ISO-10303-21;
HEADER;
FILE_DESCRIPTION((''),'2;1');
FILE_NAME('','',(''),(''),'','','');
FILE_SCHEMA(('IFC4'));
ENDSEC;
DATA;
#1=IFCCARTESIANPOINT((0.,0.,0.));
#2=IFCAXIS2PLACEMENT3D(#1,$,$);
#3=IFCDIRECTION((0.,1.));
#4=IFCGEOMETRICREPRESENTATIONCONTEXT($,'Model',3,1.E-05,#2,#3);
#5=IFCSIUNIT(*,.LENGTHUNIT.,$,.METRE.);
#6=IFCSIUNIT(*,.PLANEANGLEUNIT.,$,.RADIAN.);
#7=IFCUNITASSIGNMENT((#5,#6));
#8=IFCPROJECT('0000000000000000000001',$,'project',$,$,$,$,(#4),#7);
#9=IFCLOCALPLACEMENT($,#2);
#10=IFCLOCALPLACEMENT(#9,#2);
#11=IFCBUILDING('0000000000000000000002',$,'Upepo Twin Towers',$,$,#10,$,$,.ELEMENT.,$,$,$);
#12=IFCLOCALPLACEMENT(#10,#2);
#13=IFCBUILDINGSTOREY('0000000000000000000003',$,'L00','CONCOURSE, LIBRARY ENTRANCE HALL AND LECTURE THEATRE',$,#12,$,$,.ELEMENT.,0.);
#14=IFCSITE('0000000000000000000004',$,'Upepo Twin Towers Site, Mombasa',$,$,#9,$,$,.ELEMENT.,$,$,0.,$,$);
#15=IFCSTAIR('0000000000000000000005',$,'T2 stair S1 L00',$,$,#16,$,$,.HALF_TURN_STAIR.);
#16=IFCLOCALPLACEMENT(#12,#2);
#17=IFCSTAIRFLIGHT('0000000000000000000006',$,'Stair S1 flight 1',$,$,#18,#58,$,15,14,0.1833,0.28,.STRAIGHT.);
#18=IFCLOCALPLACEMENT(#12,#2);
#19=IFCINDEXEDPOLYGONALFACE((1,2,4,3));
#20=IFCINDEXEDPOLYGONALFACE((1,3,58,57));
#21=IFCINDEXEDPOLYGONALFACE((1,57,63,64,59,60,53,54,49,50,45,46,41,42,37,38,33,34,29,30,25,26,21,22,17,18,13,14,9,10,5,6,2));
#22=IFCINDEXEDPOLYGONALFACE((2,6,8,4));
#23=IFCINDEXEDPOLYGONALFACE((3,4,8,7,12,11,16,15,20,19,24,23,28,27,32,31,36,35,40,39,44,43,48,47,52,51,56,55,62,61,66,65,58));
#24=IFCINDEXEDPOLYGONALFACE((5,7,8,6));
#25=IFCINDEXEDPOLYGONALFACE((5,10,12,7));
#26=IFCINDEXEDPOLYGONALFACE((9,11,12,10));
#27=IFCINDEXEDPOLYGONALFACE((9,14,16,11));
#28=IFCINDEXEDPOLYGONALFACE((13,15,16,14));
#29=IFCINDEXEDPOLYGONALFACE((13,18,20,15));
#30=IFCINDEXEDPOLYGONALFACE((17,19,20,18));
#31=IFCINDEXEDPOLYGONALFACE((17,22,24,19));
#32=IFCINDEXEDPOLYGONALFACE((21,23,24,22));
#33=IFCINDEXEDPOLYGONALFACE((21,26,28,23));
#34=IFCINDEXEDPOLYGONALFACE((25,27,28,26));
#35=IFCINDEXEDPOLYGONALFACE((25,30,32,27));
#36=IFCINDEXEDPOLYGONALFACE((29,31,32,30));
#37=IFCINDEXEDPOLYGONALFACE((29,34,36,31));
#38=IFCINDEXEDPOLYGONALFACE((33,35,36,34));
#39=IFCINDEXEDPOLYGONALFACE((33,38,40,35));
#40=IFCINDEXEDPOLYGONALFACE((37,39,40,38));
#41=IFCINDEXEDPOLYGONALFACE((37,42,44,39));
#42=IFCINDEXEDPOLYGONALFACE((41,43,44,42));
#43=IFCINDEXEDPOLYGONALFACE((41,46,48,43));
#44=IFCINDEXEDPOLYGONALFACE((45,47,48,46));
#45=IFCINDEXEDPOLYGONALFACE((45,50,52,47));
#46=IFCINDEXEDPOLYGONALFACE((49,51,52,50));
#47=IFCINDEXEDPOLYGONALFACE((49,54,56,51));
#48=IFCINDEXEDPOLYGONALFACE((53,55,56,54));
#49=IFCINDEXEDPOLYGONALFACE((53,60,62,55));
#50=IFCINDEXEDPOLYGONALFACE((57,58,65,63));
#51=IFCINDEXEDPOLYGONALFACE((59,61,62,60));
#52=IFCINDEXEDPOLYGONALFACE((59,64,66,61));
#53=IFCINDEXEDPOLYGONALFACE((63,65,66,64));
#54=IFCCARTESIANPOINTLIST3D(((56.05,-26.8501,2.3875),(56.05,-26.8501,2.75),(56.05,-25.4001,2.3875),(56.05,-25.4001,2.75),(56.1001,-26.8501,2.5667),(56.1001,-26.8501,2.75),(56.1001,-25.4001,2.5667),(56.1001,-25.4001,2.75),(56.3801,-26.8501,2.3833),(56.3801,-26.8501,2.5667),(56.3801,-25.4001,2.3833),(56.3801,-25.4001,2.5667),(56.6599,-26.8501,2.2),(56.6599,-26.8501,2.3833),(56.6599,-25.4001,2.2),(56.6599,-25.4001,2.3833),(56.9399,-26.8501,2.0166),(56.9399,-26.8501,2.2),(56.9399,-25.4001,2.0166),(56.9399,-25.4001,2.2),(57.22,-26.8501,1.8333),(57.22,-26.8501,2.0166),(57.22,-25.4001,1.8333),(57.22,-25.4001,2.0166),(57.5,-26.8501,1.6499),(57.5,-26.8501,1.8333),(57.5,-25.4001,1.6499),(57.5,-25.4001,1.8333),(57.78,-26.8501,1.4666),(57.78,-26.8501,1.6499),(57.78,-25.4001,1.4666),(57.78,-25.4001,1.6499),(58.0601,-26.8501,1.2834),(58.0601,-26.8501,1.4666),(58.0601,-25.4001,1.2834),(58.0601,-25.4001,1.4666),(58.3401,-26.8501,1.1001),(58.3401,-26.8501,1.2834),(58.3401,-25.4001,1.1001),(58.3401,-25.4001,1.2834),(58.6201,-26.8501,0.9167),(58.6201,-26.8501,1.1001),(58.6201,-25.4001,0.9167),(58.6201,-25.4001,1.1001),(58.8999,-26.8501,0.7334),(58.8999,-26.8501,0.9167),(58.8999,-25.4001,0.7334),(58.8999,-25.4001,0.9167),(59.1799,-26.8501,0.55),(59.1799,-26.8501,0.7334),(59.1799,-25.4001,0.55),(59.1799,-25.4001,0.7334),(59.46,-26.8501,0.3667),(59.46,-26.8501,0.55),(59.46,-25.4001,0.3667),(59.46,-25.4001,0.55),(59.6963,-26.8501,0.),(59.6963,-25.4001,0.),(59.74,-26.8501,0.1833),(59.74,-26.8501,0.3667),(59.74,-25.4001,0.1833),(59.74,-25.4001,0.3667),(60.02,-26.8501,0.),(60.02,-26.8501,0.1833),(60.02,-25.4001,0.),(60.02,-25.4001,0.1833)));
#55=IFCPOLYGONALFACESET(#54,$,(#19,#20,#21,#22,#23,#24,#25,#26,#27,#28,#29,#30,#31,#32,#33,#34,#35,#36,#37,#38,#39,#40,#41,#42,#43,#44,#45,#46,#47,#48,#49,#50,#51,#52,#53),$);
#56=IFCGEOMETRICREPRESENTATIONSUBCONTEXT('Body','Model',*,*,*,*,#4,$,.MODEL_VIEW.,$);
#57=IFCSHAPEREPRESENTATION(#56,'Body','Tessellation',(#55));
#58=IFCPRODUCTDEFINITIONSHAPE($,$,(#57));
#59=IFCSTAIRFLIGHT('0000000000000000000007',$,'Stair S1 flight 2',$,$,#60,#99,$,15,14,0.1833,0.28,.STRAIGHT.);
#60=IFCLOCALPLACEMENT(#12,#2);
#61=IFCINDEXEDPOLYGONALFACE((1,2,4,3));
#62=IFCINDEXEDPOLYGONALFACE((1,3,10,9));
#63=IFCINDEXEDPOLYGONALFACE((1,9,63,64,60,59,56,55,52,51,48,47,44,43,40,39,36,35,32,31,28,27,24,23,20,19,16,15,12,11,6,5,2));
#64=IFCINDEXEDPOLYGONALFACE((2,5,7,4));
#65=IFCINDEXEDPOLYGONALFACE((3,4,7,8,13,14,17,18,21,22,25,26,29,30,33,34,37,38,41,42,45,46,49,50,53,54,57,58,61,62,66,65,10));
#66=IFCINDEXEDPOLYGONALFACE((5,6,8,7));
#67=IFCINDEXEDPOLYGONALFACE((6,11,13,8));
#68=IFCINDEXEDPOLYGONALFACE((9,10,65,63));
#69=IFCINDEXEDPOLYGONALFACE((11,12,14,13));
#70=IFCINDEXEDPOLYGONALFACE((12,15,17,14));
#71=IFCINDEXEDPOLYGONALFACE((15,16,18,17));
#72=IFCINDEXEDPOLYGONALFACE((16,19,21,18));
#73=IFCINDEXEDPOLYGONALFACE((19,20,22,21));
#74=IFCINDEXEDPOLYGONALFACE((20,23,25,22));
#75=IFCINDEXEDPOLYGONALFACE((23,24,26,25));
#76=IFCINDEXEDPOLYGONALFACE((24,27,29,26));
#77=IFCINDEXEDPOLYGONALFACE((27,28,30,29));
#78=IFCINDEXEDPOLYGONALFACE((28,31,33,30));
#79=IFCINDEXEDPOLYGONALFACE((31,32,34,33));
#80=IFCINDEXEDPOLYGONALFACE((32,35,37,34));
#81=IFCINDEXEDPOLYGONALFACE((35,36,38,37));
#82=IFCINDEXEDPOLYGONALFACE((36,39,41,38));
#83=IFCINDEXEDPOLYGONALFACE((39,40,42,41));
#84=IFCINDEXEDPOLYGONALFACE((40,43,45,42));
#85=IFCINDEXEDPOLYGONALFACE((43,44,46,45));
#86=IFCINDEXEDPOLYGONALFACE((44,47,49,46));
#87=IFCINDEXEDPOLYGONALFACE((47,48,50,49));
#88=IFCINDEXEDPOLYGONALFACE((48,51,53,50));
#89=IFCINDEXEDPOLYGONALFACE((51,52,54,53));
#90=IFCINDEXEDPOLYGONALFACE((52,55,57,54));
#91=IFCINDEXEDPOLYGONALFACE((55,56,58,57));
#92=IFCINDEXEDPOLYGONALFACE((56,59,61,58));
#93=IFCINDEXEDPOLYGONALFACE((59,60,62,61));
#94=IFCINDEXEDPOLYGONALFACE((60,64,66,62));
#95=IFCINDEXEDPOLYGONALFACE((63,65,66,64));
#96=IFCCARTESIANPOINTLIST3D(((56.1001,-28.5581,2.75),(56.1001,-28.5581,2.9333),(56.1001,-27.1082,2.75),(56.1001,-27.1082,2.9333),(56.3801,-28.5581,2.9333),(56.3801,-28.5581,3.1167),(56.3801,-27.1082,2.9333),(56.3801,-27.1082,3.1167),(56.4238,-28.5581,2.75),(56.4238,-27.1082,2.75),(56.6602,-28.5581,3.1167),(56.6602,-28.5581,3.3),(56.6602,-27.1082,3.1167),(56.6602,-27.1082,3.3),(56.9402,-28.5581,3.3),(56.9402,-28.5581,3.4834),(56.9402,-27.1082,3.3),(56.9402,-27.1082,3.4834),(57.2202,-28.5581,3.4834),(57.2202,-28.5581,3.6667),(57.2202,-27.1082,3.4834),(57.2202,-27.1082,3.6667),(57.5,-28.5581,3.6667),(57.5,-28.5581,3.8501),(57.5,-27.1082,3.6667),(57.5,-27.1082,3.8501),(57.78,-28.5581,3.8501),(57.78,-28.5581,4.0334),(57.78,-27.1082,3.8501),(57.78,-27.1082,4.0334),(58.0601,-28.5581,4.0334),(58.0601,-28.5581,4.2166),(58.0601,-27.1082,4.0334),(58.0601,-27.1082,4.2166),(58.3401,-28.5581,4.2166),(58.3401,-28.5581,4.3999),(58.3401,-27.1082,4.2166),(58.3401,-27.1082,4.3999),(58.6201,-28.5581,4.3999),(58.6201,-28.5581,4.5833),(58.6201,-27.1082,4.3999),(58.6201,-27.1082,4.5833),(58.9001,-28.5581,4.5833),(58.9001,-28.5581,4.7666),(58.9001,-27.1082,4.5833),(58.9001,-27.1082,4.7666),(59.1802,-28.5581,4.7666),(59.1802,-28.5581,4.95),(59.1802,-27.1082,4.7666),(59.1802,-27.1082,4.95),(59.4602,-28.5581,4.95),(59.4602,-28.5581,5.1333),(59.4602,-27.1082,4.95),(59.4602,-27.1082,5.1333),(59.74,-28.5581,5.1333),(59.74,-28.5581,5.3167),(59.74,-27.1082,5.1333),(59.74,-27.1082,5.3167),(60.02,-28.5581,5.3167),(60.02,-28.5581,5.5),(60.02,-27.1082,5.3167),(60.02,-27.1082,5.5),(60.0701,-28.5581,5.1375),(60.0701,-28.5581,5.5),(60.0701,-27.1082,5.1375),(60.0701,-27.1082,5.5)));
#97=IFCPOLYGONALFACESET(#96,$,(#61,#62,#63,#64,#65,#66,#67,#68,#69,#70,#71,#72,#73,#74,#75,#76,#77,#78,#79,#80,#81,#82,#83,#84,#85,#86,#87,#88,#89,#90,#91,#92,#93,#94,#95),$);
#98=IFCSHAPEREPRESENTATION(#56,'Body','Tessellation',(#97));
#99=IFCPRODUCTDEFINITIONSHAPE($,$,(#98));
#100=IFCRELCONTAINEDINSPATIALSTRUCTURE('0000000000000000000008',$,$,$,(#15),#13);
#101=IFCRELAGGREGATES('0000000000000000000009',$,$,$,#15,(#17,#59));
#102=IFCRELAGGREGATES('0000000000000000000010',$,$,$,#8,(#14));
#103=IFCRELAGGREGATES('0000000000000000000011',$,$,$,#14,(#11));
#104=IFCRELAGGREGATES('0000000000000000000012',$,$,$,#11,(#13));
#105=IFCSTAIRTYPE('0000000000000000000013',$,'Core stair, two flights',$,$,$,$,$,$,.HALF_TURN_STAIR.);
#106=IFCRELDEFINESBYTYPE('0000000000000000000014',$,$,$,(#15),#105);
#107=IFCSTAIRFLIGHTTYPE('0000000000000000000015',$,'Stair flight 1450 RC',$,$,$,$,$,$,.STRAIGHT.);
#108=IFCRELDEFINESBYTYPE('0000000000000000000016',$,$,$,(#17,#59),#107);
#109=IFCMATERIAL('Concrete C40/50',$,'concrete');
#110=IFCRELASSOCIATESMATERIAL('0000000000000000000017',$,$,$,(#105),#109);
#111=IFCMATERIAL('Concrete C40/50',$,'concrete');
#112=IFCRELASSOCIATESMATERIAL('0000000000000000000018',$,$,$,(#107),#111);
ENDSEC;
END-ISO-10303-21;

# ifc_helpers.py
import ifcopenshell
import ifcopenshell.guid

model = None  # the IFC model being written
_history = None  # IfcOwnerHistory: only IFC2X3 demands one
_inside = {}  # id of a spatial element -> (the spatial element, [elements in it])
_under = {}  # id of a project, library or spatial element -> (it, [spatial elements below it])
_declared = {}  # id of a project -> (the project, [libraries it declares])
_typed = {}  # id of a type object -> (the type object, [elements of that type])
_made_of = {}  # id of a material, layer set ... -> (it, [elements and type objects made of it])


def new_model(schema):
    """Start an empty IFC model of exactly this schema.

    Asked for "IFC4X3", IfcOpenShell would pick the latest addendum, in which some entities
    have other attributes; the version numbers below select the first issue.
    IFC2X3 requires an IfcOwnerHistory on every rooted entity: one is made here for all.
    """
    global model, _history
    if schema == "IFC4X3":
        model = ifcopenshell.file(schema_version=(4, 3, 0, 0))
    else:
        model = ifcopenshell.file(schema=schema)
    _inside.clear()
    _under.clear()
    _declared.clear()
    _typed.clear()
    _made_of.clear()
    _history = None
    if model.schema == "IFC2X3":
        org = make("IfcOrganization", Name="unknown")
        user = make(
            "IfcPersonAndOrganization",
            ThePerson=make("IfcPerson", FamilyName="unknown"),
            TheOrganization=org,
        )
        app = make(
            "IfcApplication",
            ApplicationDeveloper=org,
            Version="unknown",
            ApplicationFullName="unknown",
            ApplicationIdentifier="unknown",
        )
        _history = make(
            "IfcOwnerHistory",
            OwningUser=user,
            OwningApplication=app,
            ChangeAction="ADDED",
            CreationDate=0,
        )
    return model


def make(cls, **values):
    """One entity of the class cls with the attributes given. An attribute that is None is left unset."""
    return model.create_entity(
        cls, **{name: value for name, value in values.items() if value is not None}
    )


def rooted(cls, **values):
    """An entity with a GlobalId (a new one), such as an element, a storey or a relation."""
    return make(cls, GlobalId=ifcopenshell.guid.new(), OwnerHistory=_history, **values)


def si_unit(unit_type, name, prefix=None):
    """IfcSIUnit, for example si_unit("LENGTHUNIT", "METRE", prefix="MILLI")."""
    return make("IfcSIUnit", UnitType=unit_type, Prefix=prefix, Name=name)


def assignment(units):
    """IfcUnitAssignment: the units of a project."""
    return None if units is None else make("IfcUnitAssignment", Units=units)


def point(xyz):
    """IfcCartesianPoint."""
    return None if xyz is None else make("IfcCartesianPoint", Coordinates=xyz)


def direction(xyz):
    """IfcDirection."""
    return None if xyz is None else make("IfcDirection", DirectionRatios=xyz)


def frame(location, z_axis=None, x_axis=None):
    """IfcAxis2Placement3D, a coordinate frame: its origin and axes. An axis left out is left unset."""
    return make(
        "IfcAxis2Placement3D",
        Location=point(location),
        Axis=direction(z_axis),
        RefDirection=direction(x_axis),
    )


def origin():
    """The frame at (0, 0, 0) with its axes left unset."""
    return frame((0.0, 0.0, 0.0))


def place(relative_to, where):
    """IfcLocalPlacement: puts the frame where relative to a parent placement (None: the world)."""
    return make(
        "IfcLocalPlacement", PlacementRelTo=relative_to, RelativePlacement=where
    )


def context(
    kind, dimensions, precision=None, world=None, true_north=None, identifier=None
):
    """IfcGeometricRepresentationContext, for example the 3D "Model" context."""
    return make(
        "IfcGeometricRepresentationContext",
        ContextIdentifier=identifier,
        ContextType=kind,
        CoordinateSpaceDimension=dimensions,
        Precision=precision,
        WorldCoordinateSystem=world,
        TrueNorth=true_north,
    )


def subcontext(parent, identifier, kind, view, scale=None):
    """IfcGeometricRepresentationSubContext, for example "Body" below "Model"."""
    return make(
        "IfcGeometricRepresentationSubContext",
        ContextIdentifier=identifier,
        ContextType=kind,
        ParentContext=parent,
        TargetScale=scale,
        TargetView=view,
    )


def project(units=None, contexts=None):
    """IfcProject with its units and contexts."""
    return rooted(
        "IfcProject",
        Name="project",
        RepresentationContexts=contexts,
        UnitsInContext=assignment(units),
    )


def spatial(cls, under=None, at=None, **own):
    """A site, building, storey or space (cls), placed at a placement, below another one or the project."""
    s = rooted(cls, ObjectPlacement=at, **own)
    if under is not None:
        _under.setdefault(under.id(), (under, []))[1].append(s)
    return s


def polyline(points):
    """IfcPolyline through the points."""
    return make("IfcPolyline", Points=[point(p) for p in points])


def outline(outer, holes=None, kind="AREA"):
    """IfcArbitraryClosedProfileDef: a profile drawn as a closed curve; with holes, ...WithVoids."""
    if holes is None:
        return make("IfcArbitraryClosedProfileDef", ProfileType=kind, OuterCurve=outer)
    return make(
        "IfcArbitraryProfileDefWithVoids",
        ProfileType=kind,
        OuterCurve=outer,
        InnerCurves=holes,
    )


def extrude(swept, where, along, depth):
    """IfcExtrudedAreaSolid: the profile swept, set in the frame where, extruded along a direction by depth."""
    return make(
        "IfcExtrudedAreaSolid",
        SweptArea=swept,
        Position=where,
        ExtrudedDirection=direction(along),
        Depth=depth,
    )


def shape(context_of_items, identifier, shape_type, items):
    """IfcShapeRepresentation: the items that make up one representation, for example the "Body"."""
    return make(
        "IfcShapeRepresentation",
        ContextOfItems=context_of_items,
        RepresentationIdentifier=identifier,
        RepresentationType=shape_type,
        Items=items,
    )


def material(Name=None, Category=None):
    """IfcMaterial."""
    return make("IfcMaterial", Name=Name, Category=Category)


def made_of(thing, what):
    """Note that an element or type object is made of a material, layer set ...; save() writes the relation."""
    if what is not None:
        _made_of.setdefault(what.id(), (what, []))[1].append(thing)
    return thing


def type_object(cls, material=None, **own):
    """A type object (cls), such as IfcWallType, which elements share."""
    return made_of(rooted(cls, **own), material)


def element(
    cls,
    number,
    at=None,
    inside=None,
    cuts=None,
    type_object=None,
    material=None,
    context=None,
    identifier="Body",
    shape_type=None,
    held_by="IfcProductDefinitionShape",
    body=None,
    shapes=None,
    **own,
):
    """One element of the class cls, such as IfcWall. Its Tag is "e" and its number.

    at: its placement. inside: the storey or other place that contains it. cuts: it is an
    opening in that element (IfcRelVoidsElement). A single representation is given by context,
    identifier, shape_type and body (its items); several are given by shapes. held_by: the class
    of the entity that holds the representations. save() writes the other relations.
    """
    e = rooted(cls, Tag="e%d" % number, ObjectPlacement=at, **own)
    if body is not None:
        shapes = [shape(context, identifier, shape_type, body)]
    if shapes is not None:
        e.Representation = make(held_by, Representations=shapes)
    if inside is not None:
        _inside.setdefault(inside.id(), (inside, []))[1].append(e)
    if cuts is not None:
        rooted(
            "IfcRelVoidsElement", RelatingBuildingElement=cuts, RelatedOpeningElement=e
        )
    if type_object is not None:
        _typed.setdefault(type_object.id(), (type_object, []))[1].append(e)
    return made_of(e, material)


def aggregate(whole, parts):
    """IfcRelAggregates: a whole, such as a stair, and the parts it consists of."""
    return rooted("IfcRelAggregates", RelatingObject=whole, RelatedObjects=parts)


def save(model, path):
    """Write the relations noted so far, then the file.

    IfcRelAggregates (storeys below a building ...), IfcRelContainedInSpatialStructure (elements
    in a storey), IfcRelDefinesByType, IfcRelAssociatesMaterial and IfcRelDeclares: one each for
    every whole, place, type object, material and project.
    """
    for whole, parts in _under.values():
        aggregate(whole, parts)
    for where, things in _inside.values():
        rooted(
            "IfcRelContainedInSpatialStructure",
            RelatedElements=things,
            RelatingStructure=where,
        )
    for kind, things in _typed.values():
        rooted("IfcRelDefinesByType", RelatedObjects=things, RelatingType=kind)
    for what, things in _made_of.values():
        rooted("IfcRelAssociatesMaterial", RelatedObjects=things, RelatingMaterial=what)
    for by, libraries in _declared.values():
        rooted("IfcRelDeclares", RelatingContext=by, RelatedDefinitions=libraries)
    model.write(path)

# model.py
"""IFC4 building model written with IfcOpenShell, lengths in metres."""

from ifc_helpers import new_model, si_unit, direction, frame, origin, place, context, subcontext, project, spatial, polyline, outline, extrude, material, type_object, element, aggregate, save


model = new_model("IFC4")

# Units and contexts
model_context = context("Model", 3, precision=1e-05, world=origin(), true_north=direction((0.0, 1.0)))
body_context = subcontext(model_context, "Body", "Model", "MODEL_VIEW")
ifc_project = project(units=[si_unit("LENGTHUNIT", "METRE"), si_unit("PLANEANGLEUNIT", "RADIAN")], contexts=[model_context])

# Site, building, storey
site_placement = place(None, origin())
site = spatial("IfcSite", under=ifc_project, at=site_placement, Name="Upepo Twin Towers Site, Mombasa", CompositionType="ELEMENT", RefElevation=0.0)
building_placement = place(site_placement, origin())
building = spatial("IfcBuilding", under=site, at=building_placement, Name="Upepo Twin Towers", CompositionType="ELEMENT")
storey_placement = place(building_placement, origin())
storey = spatial("IfcBuildingStorey", under=building, at=storey_placement, Name="L00", Description="CONCOURSE, LIBRARY ENTRANCE HALL AND LECTURE THEATRE", CompositionType="ELEMENT", Elevation=0.0)

# Stair, stair flights
ifc_material_1 = material(Name="Concrete C40/50", Category="concrete")
stair_type = type_object("IfcStairType", Name="Core stair, two flights", PredefinedType="HALF_TURN_STAIR", material=ifc_material_1)
stair_placement = place(storey_placement, origin())
stair = element("IfcStair", 1, at=stair_placement, inside=storey, type_object=stair_type, Name="T2 stair S1 L00", PredefinedType="HALF_TURN_STAIR")
ifc_material_2 = material(Name="Concrete C40/50", Category="concrete")
stair_flight_type = type_object("IfcStairFlightType", Name="Stair flight 1450 RC", PredefinedType="STRAIGHT", material=ifc_material_2)
stair_flight_1_placement = place(storey_placement, frame((60.02, -26.125, 0.0), z_axis=(0.0, 0.0, 1.0), x_axis=(-1.0, 0.0, 0.0)))
stair_flight_1 = element("IfcStairFlight", 2, at=stair_flight_1_placement, type_object=stair_flight_type, Name="Stair S1 flight 1", NumberOfRisers=15, NumberOfTreads=14, PredefinedType="STRAIGHT", RiserHeight=0.1833, TreadLength=0.28, context=body_context, shape_type="SweptSolid", body=[
    extrude(outline(polyline([(0.0, 0.0), (0.0, 0.1833), (0.28, 0.1833), (0.28, 0.3667), (0.5601, 0.3667), (0.5601, 0.55), (0.8401, 0.55), (0.8401, 0.7334), (1.1201, 0.7334), (1.1201, 0.9167), (1.3999, 0.9167), (1.3999, 1.1001), (1.6799, 1.1001), (1.6799, 1.2834), (1.96, 1.2834), (1.96, 1.4666), (2.24, 1.4666), (2.24, 1.6499), (2.52, 1.6499), (2.52, 1.8333), (2.8, 1.8333), (2.8, 2.0166), (3.0801, 2.0166), (3.0801, 2.2), (3.3601, 2.2), (3.3601, 2.3833), (3.6399, 2.3833), (3.6399, 2.5667), (3.9199, 2.5667), (3.9199, 2.75), (3.97, 2.75), (3.97, 2.3875), (0.3237, 0.0), (0.0, 0.0)])), frame((0.0, 0.7251, 0.0), z_axis=(0.0, -1.0, 0.0), x_axis=(1.0, 0.0, 0.0)), (0.0, 0.0, 1.0), 1.45),
])
stair_flight_2_placement = place(storey_placement, frame((56.1001, -27.8333, 2.75), z_axis=(0.0, 0.0, 1.0), x_axis=(1.0, 0.0, 0.0)))
stair_flight_2 = element("IfcStairFlight", 3, at=stair_flight_2_placement, type_object=stair_flight_type, Name="Stair S1 flight 2", NumberOfRisers=15, NumberOfTreads=14, PredefinedType="STRAIGHT", RiserHeight=0.1833, TreadLength=0.28, context=body_context, shape_type="SweptSolid", body=[
    extrude(outline(polyline([(0.0, 0.0), (0.0, 0.1833), (0.28, 0.1833), (0.28, 0.3667), (0.5601, 0.3667), (0.5601, 0.55), (0.8401, 0.55), (0.8401, 0.7334), (1.1201, 0.7334), (1.1201, 0.9167), (1.3999, 0.9167), (1.3999, 1.1001), (1.6799, 1.1001), (1.6799, 1.2834), (1.96, 1.2834), (1.96, 1.4666), (2.24, 1.4666), (2.24, 1.6499), (2.52, 1.6499), (2.52, 1.8333), (2.8, 1.8333), (2.8, 2.0166), (3.0801, 2.0166), (3.0801, 2.2), (3.3601, 2.2), (3.3601, 2.3833), (3.6399, 2.3833), (3.6399, 2.5667), (3.9199, 2.5667), (3.9199, 2.75), (3.97, 2.75), (3.97, 2.3875), (0.3237, 0.0), (0.0, 0.0)])), frame((0.0, 0.7251, 0.0), z_axis=(0.0, -1.0, 0.0), x_axis=(1.0, 0.0, 0.0)), (0.0, 0.0, 1.0), 1.45),
])
aggregate(stair, [stair_flight_1, stair_flight_2])

save(model, "model.ifc")
